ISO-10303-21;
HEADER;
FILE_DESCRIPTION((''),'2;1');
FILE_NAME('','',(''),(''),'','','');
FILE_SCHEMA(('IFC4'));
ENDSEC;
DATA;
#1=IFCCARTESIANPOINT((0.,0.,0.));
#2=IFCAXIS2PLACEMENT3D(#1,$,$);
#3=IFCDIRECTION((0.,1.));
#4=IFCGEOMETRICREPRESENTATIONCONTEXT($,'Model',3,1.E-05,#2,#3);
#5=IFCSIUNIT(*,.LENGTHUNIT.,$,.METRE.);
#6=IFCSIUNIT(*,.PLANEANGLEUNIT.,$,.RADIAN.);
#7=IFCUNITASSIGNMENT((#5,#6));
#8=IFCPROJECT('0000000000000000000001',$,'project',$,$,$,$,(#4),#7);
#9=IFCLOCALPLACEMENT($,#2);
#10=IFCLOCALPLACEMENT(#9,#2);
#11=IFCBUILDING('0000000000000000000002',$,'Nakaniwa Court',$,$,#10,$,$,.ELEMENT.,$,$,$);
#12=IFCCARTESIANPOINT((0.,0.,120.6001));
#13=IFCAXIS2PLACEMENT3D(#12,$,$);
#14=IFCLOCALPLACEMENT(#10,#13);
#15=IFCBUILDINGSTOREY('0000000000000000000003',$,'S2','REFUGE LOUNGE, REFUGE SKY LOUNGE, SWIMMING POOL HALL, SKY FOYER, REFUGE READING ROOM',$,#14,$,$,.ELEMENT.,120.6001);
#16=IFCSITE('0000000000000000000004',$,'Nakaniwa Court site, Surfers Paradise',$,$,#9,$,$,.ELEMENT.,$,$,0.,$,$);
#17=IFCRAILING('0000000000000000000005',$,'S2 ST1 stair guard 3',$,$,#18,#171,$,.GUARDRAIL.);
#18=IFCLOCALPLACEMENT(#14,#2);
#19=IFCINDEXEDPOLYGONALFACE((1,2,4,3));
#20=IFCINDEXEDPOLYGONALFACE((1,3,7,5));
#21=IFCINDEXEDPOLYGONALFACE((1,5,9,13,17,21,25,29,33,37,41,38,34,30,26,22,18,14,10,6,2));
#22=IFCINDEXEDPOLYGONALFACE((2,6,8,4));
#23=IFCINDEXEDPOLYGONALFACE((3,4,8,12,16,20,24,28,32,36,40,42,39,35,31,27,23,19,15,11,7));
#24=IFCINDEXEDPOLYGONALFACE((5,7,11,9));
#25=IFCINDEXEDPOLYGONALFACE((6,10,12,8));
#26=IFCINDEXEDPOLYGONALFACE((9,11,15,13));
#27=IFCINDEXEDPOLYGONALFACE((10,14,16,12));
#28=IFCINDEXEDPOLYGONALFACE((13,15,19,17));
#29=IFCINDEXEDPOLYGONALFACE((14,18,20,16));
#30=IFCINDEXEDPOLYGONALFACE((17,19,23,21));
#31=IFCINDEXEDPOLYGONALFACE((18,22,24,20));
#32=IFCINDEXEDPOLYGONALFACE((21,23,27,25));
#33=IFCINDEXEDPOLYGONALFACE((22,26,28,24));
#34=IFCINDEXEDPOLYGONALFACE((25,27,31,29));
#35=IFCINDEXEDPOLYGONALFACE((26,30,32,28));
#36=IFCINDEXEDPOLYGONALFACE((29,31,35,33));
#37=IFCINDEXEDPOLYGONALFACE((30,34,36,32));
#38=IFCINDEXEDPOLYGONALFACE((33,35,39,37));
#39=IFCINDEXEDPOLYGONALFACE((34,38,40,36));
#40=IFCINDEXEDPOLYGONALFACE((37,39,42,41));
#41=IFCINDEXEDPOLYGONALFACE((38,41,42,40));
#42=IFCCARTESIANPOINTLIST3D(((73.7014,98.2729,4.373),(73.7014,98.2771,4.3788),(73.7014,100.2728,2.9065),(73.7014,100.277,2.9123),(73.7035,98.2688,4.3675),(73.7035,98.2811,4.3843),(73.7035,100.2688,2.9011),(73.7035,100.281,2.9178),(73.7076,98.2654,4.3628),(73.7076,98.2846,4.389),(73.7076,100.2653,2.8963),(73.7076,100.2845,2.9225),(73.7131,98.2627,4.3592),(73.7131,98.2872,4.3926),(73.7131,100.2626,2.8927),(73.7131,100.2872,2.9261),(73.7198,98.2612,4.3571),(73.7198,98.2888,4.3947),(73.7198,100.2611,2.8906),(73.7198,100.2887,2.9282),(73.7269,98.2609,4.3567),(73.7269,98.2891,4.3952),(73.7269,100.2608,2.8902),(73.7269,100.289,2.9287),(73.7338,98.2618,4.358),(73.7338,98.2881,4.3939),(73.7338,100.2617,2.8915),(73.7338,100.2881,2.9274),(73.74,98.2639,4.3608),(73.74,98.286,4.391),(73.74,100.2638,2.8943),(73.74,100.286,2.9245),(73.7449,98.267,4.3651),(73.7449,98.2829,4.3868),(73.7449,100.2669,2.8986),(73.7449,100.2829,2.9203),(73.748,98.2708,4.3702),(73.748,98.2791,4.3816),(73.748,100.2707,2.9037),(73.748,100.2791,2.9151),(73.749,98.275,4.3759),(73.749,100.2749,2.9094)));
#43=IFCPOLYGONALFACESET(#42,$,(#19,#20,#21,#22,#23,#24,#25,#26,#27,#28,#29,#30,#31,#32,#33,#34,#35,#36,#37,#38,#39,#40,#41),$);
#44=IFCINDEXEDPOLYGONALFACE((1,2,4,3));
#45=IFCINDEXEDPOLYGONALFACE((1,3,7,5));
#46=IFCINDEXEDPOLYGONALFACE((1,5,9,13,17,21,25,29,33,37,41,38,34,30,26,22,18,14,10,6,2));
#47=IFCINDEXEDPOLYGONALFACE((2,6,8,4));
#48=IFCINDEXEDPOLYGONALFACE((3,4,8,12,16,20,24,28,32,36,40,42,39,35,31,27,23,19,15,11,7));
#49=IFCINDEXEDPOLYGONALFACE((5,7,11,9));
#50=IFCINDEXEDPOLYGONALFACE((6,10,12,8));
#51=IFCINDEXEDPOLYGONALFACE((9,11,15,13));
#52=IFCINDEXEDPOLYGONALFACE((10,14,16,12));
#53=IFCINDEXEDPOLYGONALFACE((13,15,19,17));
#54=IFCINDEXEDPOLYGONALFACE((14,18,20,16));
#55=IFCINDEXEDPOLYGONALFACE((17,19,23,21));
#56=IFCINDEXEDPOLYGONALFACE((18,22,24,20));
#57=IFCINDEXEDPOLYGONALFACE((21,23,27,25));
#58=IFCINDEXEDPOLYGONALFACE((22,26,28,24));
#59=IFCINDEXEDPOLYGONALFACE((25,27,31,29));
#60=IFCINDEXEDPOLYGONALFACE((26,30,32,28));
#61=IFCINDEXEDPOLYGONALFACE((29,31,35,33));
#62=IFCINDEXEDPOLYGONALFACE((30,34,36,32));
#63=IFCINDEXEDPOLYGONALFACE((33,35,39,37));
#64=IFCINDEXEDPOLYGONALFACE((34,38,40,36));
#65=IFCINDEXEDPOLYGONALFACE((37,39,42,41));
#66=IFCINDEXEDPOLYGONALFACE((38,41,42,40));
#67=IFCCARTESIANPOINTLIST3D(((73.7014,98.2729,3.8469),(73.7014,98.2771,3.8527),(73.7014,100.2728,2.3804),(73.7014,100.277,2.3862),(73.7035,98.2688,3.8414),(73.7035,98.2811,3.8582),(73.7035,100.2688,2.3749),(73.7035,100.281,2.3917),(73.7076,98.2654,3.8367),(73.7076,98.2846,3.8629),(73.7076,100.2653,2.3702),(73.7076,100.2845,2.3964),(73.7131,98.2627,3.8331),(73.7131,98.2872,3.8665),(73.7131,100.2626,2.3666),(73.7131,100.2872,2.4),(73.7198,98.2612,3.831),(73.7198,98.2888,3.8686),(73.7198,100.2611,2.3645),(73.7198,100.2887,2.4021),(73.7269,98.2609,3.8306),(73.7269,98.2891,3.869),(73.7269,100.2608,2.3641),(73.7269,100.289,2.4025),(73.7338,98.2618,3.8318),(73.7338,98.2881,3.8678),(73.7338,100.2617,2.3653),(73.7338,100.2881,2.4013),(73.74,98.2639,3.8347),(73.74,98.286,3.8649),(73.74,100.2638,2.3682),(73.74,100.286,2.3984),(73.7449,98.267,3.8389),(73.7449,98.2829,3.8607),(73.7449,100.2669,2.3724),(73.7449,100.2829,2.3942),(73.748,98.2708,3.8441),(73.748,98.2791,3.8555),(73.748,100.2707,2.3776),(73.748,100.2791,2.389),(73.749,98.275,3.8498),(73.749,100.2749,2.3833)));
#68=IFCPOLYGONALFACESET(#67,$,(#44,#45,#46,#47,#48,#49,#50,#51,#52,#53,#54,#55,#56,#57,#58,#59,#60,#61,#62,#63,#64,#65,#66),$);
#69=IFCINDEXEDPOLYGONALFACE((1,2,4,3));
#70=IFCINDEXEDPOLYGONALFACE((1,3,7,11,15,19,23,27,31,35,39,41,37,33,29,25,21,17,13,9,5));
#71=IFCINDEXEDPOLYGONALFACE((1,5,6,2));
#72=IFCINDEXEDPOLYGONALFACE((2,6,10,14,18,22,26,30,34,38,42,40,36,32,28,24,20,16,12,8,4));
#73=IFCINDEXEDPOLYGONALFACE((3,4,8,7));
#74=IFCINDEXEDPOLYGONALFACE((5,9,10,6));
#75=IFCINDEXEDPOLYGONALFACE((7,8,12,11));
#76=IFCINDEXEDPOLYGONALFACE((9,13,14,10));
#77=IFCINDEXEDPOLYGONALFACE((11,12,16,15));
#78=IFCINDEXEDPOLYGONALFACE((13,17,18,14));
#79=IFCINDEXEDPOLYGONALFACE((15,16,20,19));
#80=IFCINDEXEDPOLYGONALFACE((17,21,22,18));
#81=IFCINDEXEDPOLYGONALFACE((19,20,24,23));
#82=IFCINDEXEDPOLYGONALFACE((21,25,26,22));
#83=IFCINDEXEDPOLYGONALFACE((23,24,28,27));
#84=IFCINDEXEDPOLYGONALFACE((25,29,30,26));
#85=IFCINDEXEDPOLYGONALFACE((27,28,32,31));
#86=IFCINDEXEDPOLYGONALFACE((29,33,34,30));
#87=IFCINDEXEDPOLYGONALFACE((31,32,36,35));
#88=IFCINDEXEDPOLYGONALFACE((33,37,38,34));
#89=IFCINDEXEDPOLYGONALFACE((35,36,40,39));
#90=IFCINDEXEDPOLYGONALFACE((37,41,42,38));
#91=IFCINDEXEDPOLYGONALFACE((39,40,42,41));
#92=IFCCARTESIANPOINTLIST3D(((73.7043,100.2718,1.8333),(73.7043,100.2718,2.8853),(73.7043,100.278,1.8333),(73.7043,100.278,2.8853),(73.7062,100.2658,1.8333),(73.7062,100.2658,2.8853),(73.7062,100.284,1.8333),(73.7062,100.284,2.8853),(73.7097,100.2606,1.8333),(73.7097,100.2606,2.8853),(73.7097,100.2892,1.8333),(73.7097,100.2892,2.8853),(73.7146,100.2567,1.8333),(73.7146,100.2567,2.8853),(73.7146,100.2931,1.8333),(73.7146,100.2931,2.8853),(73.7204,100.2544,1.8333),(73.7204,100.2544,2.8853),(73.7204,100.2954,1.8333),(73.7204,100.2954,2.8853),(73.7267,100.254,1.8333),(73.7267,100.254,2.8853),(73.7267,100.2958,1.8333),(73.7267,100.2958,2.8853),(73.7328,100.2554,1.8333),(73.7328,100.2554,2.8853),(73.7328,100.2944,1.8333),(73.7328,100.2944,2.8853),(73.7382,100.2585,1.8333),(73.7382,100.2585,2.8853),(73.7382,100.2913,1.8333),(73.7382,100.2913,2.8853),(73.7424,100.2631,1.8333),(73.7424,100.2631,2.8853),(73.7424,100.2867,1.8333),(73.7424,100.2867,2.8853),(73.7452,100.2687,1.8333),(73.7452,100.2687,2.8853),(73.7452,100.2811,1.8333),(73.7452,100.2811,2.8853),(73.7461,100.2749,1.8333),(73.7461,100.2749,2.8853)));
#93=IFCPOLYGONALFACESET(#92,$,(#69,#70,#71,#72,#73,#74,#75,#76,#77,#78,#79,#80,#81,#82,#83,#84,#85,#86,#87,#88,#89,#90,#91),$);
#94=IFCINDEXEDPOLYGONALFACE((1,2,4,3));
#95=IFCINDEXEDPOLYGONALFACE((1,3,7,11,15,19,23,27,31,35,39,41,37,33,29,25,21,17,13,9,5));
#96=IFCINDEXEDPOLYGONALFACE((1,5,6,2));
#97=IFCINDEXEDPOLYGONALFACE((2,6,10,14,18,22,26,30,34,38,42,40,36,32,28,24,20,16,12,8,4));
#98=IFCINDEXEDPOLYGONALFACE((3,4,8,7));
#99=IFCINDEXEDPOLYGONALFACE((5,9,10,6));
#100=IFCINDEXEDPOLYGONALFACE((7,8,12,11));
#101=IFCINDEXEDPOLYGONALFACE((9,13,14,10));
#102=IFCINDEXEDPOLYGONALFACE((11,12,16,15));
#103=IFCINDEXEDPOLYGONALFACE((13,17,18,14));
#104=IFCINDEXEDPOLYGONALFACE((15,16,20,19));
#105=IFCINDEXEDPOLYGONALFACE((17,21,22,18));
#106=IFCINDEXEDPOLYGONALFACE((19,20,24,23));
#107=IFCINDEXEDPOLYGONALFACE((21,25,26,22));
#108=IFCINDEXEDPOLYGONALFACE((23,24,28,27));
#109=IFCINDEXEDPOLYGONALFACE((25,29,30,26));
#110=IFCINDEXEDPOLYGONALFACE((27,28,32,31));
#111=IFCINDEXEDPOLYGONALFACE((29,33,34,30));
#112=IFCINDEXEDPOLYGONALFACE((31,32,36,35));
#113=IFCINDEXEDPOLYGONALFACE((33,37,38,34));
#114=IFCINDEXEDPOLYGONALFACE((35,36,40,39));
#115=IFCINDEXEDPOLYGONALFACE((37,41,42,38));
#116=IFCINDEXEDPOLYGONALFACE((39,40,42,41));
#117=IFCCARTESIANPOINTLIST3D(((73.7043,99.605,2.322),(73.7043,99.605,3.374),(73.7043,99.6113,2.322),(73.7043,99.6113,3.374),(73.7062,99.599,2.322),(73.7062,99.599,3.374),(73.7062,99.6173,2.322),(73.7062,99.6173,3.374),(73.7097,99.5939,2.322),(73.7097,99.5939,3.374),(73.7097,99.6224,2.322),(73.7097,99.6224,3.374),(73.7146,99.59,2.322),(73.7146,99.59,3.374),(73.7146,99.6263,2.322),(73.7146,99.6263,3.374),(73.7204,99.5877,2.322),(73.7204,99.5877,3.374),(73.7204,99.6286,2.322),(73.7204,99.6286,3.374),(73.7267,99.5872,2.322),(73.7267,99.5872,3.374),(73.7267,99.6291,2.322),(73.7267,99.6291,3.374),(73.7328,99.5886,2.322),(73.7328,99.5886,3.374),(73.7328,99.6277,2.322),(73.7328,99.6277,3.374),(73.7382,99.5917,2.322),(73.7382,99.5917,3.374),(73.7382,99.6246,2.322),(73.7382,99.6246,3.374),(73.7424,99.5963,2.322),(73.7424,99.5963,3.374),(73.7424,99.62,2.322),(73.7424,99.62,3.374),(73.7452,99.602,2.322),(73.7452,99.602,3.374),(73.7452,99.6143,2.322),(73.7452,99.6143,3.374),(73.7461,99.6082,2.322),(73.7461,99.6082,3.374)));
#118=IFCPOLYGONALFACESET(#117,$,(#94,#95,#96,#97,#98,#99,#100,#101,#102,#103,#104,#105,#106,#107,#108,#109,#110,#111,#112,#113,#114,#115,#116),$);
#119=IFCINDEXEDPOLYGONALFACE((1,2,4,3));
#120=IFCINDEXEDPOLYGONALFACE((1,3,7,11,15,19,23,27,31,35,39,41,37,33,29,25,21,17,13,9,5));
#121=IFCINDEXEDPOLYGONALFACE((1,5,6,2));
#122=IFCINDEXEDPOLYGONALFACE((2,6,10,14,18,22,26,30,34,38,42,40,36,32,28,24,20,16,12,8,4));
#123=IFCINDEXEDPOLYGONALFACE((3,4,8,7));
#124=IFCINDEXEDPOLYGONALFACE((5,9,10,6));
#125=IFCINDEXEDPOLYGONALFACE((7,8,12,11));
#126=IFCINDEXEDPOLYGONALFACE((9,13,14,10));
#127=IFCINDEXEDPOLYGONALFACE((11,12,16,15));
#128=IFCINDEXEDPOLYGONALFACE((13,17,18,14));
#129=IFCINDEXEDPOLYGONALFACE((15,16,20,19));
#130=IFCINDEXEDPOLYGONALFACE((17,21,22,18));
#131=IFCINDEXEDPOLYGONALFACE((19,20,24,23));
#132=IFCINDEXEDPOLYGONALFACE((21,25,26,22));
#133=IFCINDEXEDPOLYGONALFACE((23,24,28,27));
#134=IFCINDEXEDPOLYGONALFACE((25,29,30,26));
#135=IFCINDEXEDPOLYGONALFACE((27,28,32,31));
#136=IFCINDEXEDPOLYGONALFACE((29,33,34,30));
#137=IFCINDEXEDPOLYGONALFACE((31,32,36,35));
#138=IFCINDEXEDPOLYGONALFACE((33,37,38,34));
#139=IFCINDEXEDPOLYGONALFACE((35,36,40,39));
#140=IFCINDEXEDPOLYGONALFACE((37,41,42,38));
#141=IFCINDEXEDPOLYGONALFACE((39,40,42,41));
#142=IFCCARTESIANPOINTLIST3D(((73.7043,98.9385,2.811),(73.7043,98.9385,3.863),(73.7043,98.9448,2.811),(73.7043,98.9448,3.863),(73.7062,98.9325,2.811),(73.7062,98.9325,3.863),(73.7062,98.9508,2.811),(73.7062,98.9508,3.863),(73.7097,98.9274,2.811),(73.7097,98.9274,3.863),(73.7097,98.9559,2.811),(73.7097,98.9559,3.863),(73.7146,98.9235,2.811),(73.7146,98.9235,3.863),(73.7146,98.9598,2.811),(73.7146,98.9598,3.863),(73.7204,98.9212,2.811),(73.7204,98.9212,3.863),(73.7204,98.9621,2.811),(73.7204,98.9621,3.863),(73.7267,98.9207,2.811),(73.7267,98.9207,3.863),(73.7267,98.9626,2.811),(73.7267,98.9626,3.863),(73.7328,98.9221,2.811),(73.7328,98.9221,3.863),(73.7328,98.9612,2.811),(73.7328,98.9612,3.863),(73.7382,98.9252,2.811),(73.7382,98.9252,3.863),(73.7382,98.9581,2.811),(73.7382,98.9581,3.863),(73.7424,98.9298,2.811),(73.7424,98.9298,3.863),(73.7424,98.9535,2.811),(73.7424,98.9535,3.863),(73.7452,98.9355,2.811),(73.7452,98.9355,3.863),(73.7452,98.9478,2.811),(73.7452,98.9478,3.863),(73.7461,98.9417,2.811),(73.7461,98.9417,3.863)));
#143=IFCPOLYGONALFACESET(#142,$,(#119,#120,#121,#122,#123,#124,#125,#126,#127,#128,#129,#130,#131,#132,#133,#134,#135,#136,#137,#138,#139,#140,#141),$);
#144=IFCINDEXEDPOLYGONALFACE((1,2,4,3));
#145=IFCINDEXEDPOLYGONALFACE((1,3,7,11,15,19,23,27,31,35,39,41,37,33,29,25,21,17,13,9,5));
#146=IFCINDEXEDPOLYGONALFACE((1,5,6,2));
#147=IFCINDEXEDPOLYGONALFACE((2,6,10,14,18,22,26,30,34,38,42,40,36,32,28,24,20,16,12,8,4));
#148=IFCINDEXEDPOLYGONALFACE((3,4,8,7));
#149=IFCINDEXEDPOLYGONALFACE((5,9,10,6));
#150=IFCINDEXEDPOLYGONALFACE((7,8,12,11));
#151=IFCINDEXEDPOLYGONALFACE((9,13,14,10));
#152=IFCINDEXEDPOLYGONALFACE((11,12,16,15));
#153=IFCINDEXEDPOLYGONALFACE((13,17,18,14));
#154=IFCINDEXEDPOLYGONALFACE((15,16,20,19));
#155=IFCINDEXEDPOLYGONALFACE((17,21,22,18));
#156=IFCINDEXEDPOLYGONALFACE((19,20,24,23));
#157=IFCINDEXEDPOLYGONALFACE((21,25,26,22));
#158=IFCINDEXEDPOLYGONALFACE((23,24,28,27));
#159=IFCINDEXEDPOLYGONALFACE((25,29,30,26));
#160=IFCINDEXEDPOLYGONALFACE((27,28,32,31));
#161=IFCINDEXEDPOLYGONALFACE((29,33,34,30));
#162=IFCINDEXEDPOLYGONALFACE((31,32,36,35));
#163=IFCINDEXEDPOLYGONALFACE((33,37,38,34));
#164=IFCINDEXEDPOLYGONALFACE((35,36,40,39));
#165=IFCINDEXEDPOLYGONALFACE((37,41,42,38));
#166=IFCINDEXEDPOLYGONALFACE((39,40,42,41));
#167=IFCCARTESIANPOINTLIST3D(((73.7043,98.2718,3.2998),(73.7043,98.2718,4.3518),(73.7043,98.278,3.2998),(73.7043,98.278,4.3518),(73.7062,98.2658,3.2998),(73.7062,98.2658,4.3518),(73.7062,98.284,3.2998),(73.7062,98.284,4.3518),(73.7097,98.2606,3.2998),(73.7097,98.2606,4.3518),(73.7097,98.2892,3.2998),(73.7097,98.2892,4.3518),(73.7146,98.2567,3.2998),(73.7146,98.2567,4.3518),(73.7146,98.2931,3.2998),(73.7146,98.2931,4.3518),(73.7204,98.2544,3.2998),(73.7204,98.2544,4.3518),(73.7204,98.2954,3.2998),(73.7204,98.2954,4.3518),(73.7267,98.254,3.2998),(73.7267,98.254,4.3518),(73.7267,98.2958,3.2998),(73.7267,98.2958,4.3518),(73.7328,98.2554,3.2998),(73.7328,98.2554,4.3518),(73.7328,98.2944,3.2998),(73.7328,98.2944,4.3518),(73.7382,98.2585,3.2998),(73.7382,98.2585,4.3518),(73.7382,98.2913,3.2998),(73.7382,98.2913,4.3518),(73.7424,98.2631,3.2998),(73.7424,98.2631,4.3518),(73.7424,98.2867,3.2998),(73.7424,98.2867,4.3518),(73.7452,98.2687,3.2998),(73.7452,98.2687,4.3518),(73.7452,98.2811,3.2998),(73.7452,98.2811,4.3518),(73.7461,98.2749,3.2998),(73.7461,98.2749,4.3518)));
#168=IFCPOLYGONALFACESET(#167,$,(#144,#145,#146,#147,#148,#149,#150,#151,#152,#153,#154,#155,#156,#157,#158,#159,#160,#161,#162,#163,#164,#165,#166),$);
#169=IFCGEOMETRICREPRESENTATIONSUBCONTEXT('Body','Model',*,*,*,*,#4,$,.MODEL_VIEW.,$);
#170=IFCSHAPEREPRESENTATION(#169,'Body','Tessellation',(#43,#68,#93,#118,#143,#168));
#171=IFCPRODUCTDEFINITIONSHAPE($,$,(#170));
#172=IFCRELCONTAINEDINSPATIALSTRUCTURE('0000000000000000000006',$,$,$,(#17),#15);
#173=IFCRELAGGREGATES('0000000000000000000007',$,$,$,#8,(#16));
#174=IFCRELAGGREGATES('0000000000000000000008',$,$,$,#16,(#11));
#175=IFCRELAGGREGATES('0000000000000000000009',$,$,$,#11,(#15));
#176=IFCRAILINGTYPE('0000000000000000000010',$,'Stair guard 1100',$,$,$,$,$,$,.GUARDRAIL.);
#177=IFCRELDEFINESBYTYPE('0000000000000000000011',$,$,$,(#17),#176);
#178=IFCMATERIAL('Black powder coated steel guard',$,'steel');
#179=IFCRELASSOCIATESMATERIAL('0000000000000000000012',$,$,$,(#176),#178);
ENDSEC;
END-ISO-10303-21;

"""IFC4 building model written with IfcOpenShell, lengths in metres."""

from ifc_helpers import new_model, si_unit, direction, frame, origin, origin_2d, place, context, subcontext, project, spatial, circle, extrude, material, type_object, element, save


model = new_model("IFC4")

# Units and contexts
model_context = context("Model", 3, precision=1e-05, world=origin(), true_north=direction((0.0, 1.0)))
body_context = subcontext(model_context, "Body", "Model", "MODEL_VIEW")
ifc_project = project(units=[si_unit("LENGTHUNIT", "METRE"), si_unit("PLANEANGLEUNIT", "RADIAN")], contexts=[model_context])

# Site, building, storey
site_placement = place(None, origin())
site = spatial("IfcSite", under=ifc_project, at=site_placement, Name="Nakaniwa Court site, Surfers Paradise", CompositionType="ELEMENT", RefElevation=0.0)
building_placement = place(site_placement, origin())
building = spatial("IfcBuilding", under=site, at=building_placement, Name="Nakaniwa Court", CompositionType="ELEMENT")
storey_placement = place(building_placement, frame((0.0, 0.0, 120.6001)))
storey = spatial("IfcBuildingStorey", under=building, at=storey_placement, Name="S2", Description="REFUGE LOUNGE, REFUGE SKY LOUNGE, SWIMMING POOL HALL, SKY FOYER, REFUGE READING ROOM", CompositionType="ELEMENT", Elevation=120.6001)

# Railing
ifc_material_1 = material(Name="Black powder coated steel guard", Category="steel")
railing_type_1 = type_object("IfcRailingType", Name="Stair guard 1100", PredefinedType="GUARDRAIL", material=ifc_material_1)
railing_1_placement = place(storey_placement, frame((73.7251, 100.2749, 1.8333)))
element("IfcRailing", 1, at=railing_1_placement, inside=storey, type_object=railing_type_1, Name="S2 ST1 stair guard 3", PredefinedType="GUARDRAIL", context=body_context, shape_type="SweptSolid", body=[
    extrude(circle(Radius=0.0239, at=origin_2d()), frame((0.0, 0.0, 1.0762), z_axis=(0.0, -0.806427, 0.591334), x_axis=(1.0, 0.0, 0.0)), (0.0, 0.0, 1.0), 2.48),
    extrude(circle(Radius=0.0239, at=origin_2d()), frame((0.0, 0.0, 0.55), z_axis=(0.0, -0.806427, 0.591334), x_axis=(1.0, 0.0, 0.0)), (0.0, 0.0, 1.0), 2.48),
    extrude(circle(Radius=0.021, at=origin_2d()), origin(), (0.0, 0.0, 1.0), 1.052),
    extrude(circle(Radius=0.021, at=origin_2d()), frame((0.0, -0.6667, 0.4888)), (0.0, 0.0, 1.0), 1.052),
    extrude(circle(Radius=0.021, at=origin_2d()), frame((0.0, -1.3333, 0.9778)), (0.0, 0.0, 1.0), 1.052),
    extrude(circle(Radius=0.021, at=origin_2d()), frame((0.0, -2.0, 1.4666)), (0.0, 0.0, 1.0), 1.052),
])

save(model, "model.ifc")
